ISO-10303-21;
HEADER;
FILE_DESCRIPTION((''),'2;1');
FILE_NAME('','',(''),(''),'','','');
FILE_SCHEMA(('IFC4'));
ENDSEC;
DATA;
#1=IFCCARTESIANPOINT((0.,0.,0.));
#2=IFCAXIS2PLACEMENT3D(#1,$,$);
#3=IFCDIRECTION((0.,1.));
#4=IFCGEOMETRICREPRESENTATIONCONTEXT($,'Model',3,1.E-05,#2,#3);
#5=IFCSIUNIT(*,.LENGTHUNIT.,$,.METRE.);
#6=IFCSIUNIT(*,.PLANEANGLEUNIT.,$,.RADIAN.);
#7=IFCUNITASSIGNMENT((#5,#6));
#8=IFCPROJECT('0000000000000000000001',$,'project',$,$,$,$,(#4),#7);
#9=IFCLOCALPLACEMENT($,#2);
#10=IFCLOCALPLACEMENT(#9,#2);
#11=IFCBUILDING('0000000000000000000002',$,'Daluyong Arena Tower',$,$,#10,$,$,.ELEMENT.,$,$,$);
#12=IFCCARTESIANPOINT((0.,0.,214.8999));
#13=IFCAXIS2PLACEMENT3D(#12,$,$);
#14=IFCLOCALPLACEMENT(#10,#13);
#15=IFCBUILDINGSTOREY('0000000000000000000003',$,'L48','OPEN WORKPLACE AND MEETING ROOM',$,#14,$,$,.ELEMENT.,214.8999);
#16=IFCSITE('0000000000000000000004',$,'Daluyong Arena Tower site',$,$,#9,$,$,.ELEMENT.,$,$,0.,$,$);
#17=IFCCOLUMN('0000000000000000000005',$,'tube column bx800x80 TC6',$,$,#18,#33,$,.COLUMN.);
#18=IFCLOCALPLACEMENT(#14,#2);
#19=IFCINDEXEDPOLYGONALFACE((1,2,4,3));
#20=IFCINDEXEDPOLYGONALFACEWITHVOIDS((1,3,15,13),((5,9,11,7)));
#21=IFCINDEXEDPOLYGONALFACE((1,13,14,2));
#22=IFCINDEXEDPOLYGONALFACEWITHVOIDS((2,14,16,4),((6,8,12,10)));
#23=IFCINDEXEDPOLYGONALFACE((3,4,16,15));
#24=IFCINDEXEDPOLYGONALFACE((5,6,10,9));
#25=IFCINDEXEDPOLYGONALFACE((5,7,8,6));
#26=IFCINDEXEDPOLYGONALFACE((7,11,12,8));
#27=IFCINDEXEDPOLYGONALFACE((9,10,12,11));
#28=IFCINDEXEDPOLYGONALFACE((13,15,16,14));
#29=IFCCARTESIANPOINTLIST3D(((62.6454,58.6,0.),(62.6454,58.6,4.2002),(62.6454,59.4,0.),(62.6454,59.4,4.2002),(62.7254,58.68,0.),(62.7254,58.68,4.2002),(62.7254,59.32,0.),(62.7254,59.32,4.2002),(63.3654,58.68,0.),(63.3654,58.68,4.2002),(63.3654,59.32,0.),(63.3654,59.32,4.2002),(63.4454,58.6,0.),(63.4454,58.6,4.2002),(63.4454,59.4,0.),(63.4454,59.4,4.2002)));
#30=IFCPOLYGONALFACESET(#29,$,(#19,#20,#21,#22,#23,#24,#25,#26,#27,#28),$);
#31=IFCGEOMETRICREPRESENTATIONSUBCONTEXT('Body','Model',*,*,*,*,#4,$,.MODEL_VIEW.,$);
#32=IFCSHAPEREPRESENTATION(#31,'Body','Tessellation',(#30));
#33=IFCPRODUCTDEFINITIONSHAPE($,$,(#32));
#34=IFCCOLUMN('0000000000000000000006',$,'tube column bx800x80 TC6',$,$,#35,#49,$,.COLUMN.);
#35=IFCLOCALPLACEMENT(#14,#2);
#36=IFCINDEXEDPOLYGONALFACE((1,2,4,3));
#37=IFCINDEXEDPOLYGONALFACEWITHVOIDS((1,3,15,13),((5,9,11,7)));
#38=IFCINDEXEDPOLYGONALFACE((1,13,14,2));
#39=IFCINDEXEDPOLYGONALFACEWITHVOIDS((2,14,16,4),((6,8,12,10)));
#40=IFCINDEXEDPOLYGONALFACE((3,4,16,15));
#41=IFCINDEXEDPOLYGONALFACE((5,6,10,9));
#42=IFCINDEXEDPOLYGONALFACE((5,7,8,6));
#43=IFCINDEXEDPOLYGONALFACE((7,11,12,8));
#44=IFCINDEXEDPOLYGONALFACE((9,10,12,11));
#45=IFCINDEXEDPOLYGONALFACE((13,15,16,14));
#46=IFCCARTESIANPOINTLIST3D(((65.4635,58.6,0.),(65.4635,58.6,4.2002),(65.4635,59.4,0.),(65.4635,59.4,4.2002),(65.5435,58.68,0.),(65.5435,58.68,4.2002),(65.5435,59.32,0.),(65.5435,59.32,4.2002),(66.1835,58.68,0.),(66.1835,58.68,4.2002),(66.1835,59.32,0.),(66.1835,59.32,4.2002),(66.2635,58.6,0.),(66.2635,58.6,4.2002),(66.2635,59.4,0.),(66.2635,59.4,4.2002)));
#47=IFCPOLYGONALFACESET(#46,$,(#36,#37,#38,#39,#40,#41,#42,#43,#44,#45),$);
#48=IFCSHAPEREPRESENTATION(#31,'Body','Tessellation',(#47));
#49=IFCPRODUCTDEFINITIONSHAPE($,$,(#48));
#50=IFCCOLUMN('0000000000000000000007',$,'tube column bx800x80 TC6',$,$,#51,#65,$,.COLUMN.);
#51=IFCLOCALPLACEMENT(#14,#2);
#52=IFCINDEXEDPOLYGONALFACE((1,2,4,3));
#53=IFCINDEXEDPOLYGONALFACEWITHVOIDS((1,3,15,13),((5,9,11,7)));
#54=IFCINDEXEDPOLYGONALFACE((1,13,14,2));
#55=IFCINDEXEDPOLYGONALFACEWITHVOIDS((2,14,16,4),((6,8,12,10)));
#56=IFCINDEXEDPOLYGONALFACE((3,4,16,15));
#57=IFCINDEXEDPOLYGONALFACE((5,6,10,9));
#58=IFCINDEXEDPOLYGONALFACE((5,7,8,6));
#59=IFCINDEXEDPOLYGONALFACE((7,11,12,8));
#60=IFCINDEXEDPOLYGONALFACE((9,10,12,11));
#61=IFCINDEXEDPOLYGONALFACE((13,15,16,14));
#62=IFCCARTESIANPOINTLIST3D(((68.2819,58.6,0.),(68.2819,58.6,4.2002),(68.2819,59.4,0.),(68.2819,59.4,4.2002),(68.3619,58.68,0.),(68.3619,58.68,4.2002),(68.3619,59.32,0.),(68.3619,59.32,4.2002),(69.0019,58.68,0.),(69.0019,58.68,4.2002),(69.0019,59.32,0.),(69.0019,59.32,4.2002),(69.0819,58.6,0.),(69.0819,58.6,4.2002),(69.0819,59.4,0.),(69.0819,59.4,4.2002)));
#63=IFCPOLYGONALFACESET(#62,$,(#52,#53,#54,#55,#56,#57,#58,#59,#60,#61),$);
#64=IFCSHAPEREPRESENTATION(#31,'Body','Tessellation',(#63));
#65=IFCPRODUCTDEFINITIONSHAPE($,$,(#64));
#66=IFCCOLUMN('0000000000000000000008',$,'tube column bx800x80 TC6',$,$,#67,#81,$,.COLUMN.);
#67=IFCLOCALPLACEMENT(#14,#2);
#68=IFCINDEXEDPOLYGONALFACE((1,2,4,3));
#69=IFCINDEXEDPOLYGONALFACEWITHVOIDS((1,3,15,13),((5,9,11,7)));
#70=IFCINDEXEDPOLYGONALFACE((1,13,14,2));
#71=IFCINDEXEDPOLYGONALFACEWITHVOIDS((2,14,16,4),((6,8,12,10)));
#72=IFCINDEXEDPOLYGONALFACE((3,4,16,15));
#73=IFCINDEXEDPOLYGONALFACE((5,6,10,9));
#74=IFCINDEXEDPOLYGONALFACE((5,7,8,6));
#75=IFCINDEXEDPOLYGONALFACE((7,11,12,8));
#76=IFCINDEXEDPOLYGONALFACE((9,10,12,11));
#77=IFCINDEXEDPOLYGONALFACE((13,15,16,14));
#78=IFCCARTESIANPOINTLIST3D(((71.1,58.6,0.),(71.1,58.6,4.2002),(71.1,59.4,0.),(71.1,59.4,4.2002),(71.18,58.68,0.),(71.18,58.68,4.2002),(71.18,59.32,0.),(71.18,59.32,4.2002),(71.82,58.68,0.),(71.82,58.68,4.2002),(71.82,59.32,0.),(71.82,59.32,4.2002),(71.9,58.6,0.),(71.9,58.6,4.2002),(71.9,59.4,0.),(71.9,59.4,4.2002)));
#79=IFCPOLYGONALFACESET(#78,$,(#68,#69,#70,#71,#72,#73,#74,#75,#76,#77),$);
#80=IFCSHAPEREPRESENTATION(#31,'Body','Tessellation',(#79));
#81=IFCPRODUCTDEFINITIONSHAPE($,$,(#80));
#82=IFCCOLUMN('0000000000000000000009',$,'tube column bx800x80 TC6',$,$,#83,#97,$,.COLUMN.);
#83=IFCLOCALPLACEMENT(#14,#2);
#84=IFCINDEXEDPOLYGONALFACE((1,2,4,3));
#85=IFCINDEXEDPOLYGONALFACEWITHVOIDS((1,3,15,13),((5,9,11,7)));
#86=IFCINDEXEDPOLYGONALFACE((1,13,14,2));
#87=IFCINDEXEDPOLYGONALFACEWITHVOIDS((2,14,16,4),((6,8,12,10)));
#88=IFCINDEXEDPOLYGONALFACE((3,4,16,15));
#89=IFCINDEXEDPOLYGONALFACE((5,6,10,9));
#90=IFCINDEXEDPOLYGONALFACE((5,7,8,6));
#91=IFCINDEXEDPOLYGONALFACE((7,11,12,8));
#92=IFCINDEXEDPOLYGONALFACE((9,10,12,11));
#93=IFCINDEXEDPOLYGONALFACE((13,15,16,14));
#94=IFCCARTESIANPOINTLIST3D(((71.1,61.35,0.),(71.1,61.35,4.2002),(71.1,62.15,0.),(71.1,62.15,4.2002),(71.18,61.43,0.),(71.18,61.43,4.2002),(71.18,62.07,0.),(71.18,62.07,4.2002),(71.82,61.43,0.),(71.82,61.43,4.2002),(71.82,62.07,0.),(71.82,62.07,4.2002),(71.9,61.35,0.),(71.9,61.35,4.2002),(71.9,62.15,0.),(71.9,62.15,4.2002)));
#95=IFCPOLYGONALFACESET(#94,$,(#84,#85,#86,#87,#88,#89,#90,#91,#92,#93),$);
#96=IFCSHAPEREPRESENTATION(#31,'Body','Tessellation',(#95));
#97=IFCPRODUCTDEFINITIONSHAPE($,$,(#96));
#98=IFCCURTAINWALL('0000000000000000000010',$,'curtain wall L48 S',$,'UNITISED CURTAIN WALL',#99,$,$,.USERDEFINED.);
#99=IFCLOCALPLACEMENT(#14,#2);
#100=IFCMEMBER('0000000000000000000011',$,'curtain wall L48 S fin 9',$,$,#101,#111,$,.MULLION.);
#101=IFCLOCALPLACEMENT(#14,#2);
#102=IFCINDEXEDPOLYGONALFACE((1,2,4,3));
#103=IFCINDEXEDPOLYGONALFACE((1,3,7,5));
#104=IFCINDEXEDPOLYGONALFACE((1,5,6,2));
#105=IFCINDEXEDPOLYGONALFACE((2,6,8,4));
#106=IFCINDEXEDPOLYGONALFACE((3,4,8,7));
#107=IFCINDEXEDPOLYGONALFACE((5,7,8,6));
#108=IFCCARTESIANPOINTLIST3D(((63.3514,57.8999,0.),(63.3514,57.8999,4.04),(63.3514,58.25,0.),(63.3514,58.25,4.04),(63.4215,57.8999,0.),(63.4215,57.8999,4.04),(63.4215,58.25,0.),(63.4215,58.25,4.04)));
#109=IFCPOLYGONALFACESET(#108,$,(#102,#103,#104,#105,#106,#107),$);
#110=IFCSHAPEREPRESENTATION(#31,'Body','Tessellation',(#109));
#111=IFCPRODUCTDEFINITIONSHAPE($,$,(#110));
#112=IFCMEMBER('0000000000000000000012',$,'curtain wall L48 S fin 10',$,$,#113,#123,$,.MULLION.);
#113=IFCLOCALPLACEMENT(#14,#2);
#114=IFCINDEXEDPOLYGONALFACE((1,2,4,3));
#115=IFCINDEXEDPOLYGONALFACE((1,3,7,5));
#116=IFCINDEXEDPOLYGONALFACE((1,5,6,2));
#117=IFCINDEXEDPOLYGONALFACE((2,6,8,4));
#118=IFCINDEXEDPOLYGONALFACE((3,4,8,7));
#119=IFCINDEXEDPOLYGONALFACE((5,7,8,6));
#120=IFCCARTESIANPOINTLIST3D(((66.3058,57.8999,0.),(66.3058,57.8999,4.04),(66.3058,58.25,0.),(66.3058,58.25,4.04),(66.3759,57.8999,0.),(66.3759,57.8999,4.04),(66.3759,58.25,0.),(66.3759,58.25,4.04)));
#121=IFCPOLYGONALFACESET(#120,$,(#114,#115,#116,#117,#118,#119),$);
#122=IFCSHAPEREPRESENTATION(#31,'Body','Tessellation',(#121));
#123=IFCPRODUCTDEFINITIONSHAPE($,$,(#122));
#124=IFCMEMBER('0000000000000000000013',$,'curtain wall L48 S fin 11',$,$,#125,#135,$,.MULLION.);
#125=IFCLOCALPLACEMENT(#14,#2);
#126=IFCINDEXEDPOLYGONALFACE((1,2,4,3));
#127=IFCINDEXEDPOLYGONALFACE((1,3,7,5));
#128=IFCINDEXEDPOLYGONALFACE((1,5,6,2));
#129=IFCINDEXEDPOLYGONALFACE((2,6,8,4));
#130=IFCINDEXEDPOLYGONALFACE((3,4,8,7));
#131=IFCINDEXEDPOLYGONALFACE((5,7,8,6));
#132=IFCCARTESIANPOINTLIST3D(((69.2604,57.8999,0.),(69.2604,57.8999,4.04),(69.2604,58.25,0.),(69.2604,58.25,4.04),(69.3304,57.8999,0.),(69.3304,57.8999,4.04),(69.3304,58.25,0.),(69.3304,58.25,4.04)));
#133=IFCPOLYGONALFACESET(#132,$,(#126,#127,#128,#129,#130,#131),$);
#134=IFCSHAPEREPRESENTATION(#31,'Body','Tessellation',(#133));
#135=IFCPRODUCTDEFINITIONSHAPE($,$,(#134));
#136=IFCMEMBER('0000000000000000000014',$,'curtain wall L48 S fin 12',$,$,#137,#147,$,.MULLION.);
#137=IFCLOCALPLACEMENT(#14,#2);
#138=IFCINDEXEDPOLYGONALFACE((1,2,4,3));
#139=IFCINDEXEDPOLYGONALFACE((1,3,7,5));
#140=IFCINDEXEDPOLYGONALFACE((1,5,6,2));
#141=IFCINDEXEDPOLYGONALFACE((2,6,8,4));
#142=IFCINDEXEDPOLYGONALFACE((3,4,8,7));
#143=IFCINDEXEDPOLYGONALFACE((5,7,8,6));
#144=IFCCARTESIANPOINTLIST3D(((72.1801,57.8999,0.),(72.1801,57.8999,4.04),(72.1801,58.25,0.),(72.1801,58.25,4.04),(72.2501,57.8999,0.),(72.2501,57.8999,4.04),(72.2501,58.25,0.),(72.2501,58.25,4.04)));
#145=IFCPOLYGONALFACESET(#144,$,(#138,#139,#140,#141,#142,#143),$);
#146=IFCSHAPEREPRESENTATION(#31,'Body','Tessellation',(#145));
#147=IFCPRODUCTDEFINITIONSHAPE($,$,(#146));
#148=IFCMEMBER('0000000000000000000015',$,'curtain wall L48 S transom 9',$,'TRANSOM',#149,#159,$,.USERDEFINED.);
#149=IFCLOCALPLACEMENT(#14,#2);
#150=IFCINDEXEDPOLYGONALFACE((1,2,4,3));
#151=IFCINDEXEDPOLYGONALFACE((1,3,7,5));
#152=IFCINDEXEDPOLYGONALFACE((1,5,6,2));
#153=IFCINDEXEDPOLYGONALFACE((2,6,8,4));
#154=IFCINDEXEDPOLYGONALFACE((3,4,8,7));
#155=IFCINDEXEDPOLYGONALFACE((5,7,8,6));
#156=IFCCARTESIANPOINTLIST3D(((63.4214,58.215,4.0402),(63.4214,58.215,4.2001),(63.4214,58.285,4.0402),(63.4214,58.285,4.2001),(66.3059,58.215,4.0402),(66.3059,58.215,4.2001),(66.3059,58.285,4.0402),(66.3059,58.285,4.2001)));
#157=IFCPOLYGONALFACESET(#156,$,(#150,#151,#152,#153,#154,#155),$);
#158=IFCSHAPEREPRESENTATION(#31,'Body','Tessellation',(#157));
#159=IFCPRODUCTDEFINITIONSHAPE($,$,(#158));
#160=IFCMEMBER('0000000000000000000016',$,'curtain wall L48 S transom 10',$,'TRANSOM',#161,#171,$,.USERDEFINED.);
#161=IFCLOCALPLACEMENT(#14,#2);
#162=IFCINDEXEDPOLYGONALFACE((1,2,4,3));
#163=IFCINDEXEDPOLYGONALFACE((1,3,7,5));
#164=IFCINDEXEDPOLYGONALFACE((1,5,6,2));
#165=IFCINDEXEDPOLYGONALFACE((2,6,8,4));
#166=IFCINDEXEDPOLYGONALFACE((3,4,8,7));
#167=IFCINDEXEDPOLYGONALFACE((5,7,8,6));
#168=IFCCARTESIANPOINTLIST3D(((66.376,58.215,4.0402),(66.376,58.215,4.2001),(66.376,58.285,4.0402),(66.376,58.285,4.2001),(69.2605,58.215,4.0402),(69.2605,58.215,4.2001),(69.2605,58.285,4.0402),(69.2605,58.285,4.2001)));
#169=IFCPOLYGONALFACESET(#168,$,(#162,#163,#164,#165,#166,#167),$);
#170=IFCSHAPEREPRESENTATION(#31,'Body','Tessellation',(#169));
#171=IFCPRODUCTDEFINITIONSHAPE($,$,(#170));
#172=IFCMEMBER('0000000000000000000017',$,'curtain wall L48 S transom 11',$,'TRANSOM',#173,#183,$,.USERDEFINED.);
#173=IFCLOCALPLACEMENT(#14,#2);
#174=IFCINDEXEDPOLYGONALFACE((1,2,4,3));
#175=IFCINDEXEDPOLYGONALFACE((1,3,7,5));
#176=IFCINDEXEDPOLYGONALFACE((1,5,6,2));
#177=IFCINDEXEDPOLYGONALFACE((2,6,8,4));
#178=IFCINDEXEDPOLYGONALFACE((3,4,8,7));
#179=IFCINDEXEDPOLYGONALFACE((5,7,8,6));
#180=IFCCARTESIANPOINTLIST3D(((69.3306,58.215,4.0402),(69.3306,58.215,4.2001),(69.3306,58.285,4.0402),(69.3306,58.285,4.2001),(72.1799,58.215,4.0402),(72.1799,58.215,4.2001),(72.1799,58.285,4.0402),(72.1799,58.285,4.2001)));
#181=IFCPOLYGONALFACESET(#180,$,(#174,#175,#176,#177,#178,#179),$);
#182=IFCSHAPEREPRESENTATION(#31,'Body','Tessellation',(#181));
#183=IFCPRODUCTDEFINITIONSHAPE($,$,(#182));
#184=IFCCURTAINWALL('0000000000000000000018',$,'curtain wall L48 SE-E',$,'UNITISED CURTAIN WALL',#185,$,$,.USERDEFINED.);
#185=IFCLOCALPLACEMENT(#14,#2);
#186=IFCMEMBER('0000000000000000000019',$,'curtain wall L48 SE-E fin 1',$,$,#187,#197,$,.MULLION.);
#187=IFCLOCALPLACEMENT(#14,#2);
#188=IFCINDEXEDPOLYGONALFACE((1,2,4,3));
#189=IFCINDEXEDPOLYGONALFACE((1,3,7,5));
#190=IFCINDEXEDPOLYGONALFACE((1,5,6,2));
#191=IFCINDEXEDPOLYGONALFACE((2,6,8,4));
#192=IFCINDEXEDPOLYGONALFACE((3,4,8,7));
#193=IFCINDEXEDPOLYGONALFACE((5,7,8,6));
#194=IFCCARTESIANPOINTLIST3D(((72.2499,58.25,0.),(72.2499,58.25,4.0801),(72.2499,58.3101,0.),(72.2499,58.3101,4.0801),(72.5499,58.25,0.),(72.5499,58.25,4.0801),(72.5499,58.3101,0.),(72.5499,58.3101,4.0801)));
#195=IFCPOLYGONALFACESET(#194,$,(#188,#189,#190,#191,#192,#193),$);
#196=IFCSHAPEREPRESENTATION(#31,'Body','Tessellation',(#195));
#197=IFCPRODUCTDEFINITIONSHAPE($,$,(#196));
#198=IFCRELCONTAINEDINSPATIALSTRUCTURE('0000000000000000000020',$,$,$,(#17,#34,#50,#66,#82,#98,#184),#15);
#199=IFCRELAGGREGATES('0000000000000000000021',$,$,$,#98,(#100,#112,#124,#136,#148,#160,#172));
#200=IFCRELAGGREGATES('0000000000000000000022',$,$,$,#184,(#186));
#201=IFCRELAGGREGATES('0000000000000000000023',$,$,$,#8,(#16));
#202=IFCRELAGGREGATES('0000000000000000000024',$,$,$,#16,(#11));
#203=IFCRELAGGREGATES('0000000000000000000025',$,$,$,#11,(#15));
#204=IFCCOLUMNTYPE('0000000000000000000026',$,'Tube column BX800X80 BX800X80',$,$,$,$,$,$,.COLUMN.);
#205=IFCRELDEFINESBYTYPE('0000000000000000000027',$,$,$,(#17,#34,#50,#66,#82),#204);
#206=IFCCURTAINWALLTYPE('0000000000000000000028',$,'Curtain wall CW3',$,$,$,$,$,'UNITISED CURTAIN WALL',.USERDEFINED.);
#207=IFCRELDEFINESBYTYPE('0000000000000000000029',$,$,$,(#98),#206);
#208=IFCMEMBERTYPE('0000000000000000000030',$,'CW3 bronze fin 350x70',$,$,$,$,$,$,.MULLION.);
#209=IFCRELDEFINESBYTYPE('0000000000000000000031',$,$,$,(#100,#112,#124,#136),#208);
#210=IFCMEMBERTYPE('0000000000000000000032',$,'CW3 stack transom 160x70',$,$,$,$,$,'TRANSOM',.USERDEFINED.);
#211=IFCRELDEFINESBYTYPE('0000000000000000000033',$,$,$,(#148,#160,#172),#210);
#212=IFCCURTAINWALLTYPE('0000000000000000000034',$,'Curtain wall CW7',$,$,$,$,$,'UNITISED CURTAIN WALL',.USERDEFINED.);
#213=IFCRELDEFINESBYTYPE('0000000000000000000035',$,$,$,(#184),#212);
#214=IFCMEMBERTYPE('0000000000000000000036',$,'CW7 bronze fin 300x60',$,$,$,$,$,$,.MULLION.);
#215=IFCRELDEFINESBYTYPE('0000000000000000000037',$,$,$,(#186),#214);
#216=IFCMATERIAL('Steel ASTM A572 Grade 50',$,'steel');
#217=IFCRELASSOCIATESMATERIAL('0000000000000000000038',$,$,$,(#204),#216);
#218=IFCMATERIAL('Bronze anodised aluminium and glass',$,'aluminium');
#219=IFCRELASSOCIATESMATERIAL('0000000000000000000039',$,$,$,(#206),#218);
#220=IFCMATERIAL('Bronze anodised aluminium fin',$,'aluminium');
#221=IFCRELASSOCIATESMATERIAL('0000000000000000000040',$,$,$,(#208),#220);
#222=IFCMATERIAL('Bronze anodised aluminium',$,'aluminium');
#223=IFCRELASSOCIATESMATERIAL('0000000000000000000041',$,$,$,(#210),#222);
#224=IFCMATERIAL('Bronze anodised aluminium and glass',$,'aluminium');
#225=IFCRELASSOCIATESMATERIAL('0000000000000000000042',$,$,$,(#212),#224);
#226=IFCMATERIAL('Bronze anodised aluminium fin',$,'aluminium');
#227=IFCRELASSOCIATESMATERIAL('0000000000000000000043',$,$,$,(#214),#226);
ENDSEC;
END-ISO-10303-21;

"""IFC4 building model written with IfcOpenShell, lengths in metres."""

from ifc_helpers import new_model, si_unit, direction, frame, origin, origin_2d, place, context, subcontext, project, spatial, rectangle, hollow_rectangle, extrude, material, material_profile, profile_set, type_object, element, aggregate, save


model = new_model("IFC4")

# Units and contexts
model_context = context("Model", 3, precision=1e-05, world=origin(), true_north=direction((0.0, 1.0)))
body_context = subcontext(model_context, "Body", "Model", "MODEL_VIEW")
ifc_project = project(units=[si_unit("LENGTHUNIT", "METRE"), si_unit("PLANEANGLEUNIT", "RADIAN")], contexts=[model_context])

# Site, building, storey
site_placement = place(None, origin())
site = spatial("IfcSite", under=ifc_project, at=site_placement, Name="Daluyong Arena Tower site", CompositionType="ELEMENT", RefElevation=0.0)
building_placement = place(site_placement, origin())
building = spatial("IfcBuilding", under=site, at=building_placement, Name="Daluyong Arena Tower", CompositionType="ELEMENT")
storey_placement = place(building_placement, frame((0.0, 0.0, 214.8999)))
storey = spatial("IfcBuildingStorey", under=building, at=storey_placement, Name="L48", Description="OPEN WORKPLACE AND MEETING ROOM", CompositionType="ELEMENT", Elevation=214.8999)

# Columns
ifc_material_1 = material(Name="Steel ASTM A572 Grade 50", Category="steel")
ifc_material_profile_1 = material_profile(ifc_material_1, hollow_rectangle(XDim=0.8, YDim=0.8, WallThickness=0.08, at=origin_2d()))
ifc_profile_set_1 = profile_set([ifc_material_profile_1], Name="Steel ASTM A572 Grade 50")
column_type = type_object("IfcColumnType", Name="Tube column BX800X80 BX800X80", PredefinedType="COLUMN", material=ifc_profile_set_1)
for number, where, z_axis, x_axis, name in (
    (1, (63.0454, 59.0, 0.0), (0.0, 0.0, 1.0), (1.0, 0.0, 0.0), "tube column bx800x80 TC6"),
    (2, (65.8635, 59.0, 0.0), (0.0, 0.0, 1.0), (1.0, 0.0, 0.0), "tube column bx800x80 TC6"),
    (3, (68.6819, 59.0, 0.0), (0.0, 0.0, 1.0), (1.0, 0.0, 0.0), "tube column bx800x80 TC6"),
    (4, (71.5, 59.0, 0.0), (0.0, 0.0, 1.0), (0.0, 1.0, 0.0), "tube column bx800x80 TC6"),
    (5, (71.5, 61.75, 0.0), (0.0, 0.0, 1.0), (0.0, 1.0, 0.0), "tube column bx800x80 TC6"),
):
    element("IfcColumn", number, at=place(storey_placement, frame(where, z_axis=z_axis, x_axis=x_axis)), inside=storey, type_object=column_type, Name=name, PredefinedType="COLUMN", context=body_context, shape_type="SweptSolid", body=[
        extrude(hollow_rectangle(XDim=0.8, YDim=0.8, WallThickness=0.08, at=origin_2d()), origin(), (0.0, 0.0, 1.0), 4.2002),
    ])

# Curtain walls, members
ifc_material_2 = material(Name="Bronze anodised aluminium and glass", Category="aluminium")
curtain_wall_type_1 = type_object("IfcCurtainWallType", Name="Curtain wall CW3", ElementType="UNITISED CURTAIN WALL", PredefinedType="USERDEFINED", material=ifc_material_2)
curtain_wall_1_placement = place(storey_placement, origin())
curtain_wall_1 = element("IfcCurtainWall", 6, at=curtain_wall_1_placement, inside=storey, type_object=curtain_wall_type_1, Name="curtain wall L48 S", ObjectType="UNITISED CURTAIN WALL", PredefinedType="USERDEFINED")
ifc_material_3 = material(Name="Bronze anodised aluminium fin", Category="aluminium")
ifc_material_profile_2 = material_profile(ifc_material_3, rectangle(XDim=0.3501, YDim=0.0701, at=origin_2d()))
ifc_profile_set_2 = profile_set([ifc_material_profile_2], Name="Bronze anodised aluminium fin")
member_type_1 = type_object("IfcMemberType", Name="CW3 bronze fin 350x70", PredefinedType="MULLION", material=ifc_profile_set_2)
member_1_placement = place(storey_placement, frame((63.3865, 58.075, 0.0), z_axis=(0.0, 0.0, 1.0), x_axis=(0.0, 1.0, 0.0)))
member_1 = element("IfcMember", 7, at=member_1_placement, type_object=member_type_1, Name="curtain wall L48 S fin 9", PredefinedType="MULLION", context=body_context, shape_type="SweptSolid", body=[
    extrude(rectangle(XDim=0.3501, YDim=0.0701, at=origin_2d()), origin(), (0.0, 0.0, 1.0), 4.04),
])
member_2_placement = place(storey_placement, frame((66.3408, 58.075, 0.0), z_axis=(0.0, 0.0, 1.0), x_axis=(0.0, 1.0, 0.0)))
member_2 = element("IfcMember", 8, at=member_2_placement, type_object=member_type_1, Name="curtain wall L48 S fin 10", PredefinedType="MULLION", context=body_context, shape_type="SweptSolid", body=[
    extrude(rectangle(XDim=0.3501, YDim=0.0701, at=origin_2d()), origin(), (0.0, 0.0, 1.0), 4.04),
])
member_3_placement = place(storey_placement, frame((69.2954, 58.075, 0.0), z_axis=(0.0, 0.0, 1.0), x_axis=(0.0, 1.0, 0.0)))
member_3 = element("IfcMember", 9, at=member_3_placement, type_object=member_type_1, Name="curtain wall L48 S fin 11", PredefinedType="MULLION", context=body_context, shape_type="SweptSolid", body=[
    extrude(rectangle(XDim=0.3501, YDim=0.0701, at=origin_2d()), origin(), (0.0, 0.0, 1.0), 4.04),
])
member_4_placement = place(storey_placement, frame((72.2151, 58.075, 0.0), z_axis=(0.0, 0.0, 1.0), x_axis=(0.0, 1.0, 0.0)))
member_4 = element("IfcMember", 10, at=member_4_placement, type_object=member_type_1, Name="curtain wall L48 S fin 12", PredefinedType="MULLION", context=body_context, shape_type="SweptSolid", body=[
    extrude(rectangle(XDim=0.3501, YDim=0.0701, at=origin_2d()), origin(), (0.0, 0.0, 1.0), 4.04),
])
ifc_material_4 = material(Name="Bronze anodised aluminium", Category="aluminium")
ifc_material_profile_3 = material_profile(ifc_material_4, rectangle(XDim=0.0701, YDim=0.1599, at=origin_2d()))
ifc_profile_set_3 = profile_set([ifc_material_profile_3], Name="Bronze anodised aluminium")
member_type_2 = type_object("IfcMemberType", Name="CW3 stack transom 160x70", ElementType="TRANSOM", PredefinedType="USERDEFINED", material=ifc_profile_set_3)
member_5_placement = place(storey_placement, frame((63.4214, 58.25, 4.1201), z_axis=(1.0, 0.0, 0.0), x_axis=(0.0, 1.0, 0.0)))
member_5 = element("IfcMember", 11, at=member_5_placement, type_object=member_type_2, Name="curtain wall L48 S transom 9", ObjectType="TRANSOM", PredefinedType="USERDEFINED", context=body_context, shape_type="SweptSolid", body=[
    extrude(rectangle(XDim=0.0701, YDim=0.1599, at=origin_2d()), origin(), (0.0, 0.0, 1.0), 2.8845),
])
member_6_placement = place(storey_placement, frame((66.376, 58.25, 4.1201), z_axis=(1.0, 0.0, 0.0), x_axis=(0.0, 1.0, 0.0)))
member_6 = element("IfcMember", 12, at=member_6_placement, type_object=member_type_2, Name="curtain wall L48 S transom 10", ObjectType="TRANSOM", PredefinedType="USERDEFINED", context=body_context, shape_type="SweptSolid", body=[
    extrude(rectangle(XDim=0.0701, YDim=0.1599, at=origin_2d()), origin(), (0.0, 0.0, 1.0), 2.8845),
])
member_7_placement = place(storey_placement, frame((69.3306, 58.25, 4.1201), z_axis=(1.0, 0.0, 0.0), x_axis=(0.0, 1.0, 0.0)))
member_7 = element("IfcMember", 13, at=member_7_placement, type_object=member_type_2, Name="curtain wall L48 S transom 11", ObjectType="TRANSOM", PredefinedType="USERDEFINED", context=body_context, shape_type="SweptSolid", body=[
    extrude(rectangle(XDim=0.0701, YDim=0.1599, at=origin_2d()), origin(), (0.0, 0.0, 1.0), 2.8494),
])
ifc_material_5 = material(Name="Bronze anodised aluminium and glass", Category="aluminium")
curtain_wall_type_2 = type_object("IfcCurtainWallType", Name="Curtain wall CW7", ElementType="UNITISED CURTAIN WALL", PredefinedType="USERDEFINED", material=ifc_material_5)
curtain_wall_2_placement = place(storey_placement, origin())
curtain_wall_2 = element("IfcCurtainWall", 14, at=curtain_wall_2_placement, inside=storey, type_object=curtain_wall_type_2, Name="curtain wall L48 SE-E", ObjectType="UNITISED CURTAIN WALL", PredefinedType="USERDEFINED")
ifc_material_6 = material(Name="Bronze anodised aluminium fin", Category="aluminium")
ifc_material_profile_4 = material_profile(ifc_material_6, rectangle(XDim=0.3, YDim=0.0601, at=origin_2d()))
ifc_profile_set_4 = profile_set([ifc_material_profile_4], Name="Bronze anodised aluminium fin")
member_type_3 = type_object("IfcMemberType", Name="CW7 bronze fin 300x60", PredefinedType="MULLION", material=ifc_profile_set_4)
member_8_placement = place(storey_placement, frame((72.3999, 58.28, 0.0), z_axis=(0.0, 0.0, 1.0), x_axis=(-1.0, 0.0, 0.0)))
member_8 = element("IfcMember", 15, at=member_8_placement, type_object=member_type_3, Name="curtain wall L48 SE-E fin 1", PredefinedType="MULLION", context=body_context, shape_type="SweptSolid", body=[
    extrude(rectangle(XDim=0.3, YDim=0.0601, at=origin_2d()), origin(), (0.0, 0.0, 1.0), 4.0801),
])

aggregate(curtain_wall_1, [member_1, member_2, member_3, member_4, member_5, member_6, member_7])
aggregate(curtain_wall_2, [member_8])

save(model, "model.ifc")
